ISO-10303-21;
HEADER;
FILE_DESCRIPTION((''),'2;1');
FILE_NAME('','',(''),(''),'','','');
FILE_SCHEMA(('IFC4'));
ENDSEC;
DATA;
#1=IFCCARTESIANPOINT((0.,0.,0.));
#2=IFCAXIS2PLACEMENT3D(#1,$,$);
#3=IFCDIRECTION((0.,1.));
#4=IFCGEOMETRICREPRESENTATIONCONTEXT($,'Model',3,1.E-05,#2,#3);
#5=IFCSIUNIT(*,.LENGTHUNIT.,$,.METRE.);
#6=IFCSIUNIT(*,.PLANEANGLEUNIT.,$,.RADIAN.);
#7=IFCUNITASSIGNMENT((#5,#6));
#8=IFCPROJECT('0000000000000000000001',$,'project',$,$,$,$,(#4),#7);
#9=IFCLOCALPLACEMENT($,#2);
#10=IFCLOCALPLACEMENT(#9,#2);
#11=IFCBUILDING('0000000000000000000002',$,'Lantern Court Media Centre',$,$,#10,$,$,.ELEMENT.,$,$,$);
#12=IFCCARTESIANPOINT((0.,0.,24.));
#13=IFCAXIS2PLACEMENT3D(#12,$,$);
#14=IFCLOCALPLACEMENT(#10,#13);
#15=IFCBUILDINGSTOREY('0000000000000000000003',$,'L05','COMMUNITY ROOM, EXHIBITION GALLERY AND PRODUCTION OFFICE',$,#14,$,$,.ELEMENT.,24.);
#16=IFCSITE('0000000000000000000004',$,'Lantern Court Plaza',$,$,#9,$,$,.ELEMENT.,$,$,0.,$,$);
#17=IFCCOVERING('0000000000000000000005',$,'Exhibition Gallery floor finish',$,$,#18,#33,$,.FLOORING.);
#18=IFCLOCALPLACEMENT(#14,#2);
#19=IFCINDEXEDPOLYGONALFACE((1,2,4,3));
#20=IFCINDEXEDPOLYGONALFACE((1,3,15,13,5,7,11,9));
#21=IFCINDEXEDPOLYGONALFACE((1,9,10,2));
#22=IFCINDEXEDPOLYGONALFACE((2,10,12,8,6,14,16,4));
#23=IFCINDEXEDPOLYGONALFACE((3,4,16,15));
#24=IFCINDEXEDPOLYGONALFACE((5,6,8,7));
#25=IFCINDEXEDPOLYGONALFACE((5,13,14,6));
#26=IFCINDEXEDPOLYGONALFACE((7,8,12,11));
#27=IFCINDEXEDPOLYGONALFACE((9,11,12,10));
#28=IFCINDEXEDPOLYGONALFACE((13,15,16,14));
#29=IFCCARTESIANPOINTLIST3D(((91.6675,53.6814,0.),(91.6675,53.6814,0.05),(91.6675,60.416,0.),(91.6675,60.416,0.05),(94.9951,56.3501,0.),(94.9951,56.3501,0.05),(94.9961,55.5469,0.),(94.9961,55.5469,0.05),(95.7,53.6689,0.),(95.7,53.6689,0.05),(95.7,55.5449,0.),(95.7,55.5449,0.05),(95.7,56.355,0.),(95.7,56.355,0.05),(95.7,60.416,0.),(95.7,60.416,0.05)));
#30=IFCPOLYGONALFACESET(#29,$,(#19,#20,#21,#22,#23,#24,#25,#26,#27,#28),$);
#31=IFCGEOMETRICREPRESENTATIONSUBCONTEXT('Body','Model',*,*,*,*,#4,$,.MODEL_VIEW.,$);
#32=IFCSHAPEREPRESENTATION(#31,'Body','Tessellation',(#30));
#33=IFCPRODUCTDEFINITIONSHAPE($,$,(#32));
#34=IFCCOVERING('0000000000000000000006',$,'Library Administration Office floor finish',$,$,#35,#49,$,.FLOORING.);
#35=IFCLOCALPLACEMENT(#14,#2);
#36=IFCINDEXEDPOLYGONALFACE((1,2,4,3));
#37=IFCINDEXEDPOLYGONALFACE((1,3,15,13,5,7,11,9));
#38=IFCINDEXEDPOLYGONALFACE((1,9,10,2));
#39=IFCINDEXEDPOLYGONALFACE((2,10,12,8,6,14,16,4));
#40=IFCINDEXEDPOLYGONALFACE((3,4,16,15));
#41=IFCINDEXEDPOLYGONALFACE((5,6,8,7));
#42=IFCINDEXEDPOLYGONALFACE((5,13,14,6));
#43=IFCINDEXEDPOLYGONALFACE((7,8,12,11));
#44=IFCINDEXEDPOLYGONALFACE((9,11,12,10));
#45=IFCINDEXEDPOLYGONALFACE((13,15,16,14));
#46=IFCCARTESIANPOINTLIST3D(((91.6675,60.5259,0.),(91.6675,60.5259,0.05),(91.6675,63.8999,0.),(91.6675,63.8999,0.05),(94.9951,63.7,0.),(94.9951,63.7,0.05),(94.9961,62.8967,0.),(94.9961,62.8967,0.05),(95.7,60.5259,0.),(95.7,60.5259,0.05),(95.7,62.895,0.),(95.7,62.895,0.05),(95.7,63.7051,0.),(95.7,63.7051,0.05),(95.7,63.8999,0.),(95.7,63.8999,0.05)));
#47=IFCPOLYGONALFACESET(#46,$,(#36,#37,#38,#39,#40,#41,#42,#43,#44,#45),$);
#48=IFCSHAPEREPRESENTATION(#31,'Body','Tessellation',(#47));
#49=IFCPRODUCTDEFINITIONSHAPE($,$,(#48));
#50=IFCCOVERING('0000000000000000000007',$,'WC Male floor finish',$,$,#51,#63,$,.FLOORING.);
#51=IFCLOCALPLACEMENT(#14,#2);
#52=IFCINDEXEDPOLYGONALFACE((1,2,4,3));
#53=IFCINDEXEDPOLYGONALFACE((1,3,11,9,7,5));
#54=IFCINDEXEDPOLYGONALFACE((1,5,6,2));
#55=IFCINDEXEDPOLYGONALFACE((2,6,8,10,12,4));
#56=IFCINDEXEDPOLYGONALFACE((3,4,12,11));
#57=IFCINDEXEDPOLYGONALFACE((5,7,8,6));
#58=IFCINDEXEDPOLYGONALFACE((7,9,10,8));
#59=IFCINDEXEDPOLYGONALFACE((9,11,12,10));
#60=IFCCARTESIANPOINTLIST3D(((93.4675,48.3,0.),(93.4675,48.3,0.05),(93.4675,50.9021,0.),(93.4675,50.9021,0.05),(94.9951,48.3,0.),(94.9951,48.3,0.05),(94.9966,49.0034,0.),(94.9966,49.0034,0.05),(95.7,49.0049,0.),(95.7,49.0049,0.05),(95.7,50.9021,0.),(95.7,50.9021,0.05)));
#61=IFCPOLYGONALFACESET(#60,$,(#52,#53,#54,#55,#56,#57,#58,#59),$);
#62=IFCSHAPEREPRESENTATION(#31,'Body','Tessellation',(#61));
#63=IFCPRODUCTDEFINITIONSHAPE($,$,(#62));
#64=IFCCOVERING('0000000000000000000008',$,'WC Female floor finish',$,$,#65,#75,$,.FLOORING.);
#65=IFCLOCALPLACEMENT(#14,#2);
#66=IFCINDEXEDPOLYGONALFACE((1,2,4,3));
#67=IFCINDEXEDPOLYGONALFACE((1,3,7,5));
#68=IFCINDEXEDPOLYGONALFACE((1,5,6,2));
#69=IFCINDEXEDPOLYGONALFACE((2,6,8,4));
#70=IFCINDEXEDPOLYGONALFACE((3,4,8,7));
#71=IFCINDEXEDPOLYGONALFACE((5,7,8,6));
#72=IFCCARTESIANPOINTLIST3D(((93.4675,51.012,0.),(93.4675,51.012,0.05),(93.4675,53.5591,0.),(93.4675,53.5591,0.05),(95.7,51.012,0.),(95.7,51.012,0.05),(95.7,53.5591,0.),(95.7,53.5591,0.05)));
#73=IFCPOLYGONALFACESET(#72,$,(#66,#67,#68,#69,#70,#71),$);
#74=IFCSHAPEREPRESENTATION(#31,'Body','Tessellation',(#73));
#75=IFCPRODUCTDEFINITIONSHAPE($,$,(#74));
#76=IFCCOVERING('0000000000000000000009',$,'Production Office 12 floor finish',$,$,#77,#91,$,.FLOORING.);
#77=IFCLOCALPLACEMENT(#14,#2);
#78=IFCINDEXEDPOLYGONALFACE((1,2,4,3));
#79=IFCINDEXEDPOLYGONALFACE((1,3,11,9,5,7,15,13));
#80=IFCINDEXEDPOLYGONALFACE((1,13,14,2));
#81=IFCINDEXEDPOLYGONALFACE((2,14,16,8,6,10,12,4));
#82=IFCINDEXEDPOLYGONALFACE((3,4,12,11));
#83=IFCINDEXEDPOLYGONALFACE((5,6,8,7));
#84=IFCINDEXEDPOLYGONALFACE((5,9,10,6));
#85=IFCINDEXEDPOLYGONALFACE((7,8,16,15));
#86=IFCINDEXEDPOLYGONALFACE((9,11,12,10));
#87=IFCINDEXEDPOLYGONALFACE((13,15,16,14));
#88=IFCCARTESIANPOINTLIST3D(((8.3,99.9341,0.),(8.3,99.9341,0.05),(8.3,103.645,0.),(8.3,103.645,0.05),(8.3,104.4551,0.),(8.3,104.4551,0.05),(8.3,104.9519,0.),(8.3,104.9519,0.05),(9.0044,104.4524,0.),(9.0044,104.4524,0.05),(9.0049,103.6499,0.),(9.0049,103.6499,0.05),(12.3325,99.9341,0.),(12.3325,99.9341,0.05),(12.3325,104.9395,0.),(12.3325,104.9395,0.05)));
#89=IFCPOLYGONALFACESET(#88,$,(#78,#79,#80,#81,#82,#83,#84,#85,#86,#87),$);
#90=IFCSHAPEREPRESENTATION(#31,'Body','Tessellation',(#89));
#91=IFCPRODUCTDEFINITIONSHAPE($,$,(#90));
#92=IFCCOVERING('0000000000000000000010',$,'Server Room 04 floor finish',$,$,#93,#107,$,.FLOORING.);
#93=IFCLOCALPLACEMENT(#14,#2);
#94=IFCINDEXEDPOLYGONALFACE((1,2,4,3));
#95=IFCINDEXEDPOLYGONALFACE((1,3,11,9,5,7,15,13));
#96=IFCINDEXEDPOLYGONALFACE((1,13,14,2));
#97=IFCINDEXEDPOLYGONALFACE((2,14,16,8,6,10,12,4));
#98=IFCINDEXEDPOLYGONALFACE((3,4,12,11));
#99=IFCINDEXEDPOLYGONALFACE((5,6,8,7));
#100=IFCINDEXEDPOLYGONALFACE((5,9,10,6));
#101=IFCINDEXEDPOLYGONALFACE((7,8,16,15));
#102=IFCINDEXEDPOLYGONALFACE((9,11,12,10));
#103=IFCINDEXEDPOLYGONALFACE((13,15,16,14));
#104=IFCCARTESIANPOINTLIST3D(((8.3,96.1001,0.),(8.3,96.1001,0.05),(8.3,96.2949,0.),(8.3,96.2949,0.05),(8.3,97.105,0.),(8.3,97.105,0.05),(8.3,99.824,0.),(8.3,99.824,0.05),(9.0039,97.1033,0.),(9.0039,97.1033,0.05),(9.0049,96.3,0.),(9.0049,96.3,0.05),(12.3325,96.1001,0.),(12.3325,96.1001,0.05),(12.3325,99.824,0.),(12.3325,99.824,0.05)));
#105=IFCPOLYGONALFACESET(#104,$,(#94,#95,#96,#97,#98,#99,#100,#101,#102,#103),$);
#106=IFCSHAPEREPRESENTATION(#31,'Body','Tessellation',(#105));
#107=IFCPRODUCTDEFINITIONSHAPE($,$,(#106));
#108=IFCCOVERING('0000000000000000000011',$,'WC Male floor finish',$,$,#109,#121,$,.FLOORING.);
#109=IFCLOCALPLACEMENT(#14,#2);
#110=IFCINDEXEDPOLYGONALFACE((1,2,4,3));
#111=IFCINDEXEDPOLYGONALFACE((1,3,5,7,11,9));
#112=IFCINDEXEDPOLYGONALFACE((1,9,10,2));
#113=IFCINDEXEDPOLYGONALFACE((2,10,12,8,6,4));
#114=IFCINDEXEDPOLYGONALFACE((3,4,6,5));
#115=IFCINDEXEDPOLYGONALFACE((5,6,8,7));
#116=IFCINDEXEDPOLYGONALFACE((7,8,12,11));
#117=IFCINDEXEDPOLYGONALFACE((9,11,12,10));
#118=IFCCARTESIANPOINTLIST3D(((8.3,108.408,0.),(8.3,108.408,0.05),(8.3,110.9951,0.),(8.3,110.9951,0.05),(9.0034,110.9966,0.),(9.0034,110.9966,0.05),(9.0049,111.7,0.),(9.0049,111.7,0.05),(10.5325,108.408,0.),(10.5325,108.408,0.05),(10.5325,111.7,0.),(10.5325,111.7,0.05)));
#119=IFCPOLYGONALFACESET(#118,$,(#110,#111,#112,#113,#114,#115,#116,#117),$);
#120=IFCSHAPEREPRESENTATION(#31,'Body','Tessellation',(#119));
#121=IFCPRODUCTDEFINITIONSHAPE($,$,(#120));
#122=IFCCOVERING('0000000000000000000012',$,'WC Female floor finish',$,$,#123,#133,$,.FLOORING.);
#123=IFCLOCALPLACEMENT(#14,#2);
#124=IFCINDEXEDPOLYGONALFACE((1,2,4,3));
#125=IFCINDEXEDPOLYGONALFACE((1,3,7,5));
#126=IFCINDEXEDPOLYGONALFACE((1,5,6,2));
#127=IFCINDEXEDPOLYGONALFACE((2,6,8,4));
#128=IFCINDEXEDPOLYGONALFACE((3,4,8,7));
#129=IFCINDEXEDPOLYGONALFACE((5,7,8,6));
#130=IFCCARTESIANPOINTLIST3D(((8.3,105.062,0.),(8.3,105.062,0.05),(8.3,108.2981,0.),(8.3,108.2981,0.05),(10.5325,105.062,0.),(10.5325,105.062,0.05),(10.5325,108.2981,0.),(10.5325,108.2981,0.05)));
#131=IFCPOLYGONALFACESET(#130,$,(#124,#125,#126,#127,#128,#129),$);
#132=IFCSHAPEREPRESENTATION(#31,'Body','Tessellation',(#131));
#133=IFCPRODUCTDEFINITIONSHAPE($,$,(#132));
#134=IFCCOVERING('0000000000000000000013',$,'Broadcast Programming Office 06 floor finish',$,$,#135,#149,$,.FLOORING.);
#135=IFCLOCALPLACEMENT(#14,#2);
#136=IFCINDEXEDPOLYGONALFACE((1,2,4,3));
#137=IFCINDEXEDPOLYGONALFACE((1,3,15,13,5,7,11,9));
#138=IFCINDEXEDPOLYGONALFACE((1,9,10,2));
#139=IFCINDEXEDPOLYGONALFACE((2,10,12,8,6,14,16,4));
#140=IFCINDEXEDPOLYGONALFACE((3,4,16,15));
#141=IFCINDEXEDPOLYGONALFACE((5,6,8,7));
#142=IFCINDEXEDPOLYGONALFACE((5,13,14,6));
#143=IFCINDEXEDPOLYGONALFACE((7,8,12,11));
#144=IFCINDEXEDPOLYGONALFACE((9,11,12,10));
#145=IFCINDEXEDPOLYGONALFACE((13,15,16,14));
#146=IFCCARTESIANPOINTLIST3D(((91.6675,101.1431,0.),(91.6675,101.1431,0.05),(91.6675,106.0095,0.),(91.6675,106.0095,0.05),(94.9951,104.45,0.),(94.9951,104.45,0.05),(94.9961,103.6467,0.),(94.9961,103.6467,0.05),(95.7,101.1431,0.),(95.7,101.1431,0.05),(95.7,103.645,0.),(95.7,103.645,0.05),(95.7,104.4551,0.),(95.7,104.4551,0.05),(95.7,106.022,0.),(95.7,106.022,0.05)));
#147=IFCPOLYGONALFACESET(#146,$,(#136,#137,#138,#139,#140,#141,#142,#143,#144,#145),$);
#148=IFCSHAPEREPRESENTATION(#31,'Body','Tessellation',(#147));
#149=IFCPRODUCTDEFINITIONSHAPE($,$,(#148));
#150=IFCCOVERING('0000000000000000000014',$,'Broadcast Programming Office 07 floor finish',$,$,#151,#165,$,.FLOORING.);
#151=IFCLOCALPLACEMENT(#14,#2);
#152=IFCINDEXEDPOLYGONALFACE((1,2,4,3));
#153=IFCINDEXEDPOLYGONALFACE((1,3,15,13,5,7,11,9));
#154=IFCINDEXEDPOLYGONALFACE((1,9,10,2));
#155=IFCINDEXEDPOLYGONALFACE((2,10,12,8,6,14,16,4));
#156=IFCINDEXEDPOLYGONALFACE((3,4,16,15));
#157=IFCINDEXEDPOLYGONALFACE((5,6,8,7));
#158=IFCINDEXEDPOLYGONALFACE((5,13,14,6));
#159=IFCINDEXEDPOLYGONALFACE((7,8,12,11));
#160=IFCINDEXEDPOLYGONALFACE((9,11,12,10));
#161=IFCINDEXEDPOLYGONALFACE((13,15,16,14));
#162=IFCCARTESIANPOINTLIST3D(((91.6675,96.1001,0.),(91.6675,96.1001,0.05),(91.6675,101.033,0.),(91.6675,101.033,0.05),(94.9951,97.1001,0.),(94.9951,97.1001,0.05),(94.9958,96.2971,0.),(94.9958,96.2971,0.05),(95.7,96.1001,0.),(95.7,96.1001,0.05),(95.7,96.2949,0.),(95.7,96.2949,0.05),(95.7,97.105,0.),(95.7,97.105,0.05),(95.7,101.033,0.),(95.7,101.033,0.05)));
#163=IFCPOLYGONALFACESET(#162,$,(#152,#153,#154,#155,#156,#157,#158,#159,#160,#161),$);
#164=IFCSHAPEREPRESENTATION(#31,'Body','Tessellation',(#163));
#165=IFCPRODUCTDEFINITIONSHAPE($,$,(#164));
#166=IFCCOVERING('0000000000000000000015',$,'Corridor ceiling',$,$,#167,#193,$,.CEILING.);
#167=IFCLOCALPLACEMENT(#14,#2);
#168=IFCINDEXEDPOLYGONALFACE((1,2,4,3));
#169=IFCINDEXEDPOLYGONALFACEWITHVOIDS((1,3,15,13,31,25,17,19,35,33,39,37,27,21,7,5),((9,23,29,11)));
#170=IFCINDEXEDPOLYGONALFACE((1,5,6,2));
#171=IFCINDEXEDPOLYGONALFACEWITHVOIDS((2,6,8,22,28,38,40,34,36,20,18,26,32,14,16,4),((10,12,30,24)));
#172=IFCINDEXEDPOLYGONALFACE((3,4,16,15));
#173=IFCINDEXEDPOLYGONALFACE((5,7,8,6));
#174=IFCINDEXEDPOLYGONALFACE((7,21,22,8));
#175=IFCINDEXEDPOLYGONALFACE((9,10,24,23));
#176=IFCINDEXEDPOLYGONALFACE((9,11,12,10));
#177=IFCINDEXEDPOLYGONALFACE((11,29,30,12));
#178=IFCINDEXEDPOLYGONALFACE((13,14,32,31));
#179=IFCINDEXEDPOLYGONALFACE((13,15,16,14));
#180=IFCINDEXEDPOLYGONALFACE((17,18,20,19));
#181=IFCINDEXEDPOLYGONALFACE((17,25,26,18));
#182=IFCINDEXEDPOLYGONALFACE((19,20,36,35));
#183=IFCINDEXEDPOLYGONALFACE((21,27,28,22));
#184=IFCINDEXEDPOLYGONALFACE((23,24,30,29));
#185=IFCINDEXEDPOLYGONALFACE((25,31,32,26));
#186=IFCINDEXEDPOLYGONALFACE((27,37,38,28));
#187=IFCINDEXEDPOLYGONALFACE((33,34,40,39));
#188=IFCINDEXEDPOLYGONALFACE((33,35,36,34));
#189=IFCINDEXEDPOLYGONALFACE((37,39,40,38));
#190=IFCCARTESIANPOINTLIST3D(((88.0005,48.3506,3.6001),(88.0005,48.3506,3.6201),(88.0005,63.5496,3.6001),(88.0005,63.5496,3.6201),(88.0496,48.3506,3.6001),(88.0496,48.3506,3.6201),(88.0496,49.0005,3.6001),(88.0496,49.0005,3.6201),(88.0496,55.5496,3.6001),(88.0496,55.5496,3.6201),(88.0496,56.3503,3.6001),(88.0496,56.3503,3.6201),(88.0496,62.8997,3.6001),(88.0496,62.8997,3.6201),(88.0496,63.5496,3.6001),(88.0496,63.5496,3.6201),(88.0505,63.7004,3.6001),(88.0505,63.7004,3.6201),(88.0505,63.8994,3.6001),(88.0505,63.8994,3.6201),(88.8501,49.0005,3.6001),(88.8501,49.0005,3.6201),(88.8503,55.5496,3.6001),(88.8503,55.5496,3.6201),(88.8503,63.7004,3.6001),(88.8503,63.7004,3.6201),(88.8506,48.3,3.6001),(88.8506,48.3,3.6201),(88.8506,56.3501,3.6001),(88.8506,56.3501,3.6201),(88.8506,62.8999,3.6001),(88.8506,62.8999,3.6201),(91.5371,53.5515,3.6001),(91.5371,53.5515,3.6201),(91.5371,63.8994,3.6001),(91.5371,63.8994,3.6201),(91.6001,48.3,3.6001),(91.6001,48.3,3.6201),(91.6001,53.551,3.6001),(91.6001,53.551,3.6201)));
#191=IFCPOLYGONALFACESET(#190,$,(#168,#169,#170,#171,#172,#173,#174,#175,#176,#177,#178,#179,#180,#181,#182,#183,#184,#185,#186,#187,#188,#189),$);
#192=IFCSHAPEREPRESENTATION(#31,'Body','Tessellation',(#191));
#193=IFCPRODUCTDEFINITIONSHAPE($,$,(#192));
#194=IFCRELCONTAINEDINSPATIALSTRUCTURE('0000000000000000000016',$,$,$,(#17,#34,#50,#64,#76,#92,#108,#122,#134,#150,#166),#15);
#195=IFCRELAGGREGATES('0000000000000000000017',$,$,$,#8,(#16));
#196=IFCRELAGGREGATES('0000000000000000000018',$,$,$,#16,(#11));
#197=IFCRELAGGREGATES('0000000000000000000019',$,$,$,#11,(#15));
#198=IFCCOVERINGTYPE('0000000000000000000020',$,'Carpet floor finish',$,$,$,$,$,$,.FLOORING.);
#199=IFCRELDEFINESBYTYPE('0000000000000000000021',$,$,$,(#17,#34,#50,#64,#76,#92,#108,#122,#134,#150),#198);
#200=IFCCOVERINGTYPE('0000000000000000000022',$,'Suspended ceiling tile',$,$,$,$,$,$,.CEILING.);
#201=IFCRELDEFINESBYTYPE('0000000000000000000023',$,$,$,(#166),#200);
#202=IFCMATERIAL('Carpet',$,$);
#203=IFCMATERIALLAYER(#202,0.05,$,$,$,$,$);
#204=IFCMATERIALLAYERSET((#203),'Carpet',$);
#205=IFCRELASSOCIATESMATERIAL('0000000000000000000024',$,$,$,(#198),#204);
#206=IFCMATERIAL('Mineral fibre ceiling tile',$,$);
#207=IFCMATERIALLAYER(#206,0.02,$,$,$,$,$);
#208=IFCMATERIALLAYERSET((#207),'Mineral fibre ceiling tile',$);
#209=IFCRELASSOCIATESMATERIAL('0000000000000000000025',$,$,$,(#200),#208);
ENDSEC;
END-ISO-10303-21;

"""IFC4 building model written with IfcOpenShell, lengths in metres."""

from ifc_helpers import new_model, si_unit, direction, frame, origin, place, context, subcontext, project, spatial, polyline, outline, extrude, material, layer, layer_set, type_object, element, save


model = new_model("IFC4")

# Units and contexts
model_context = context("Model", 3, precision=1e-05, world=origin(), true_north=direction((0.0, 1.0)))
body_context = subcontext(model_context, "Body", "Model", "MODEL_VIEW")
ifc_project = project(units=[si_unit("LENGTHUNIT", "METRE"), si_unit("PLANEANGLEUNIT", "RADIAN")], contexts=[model_context])

# Site, building, storey
site_placement = place(None, origin())
site = spatial("IfcSite", under=ifc_project, at=site_placement, Name="Lantern Court Plaza", CompositionType="ELEMENT", RefElevation=0.0)
building_placement = place(site_placement, origin())
building = spatial("IfcBuilding", under=site, at=building_placement, Name="Lantern Court Media Centre", CompositionType="ELEMENT")
storey_placement = place(building_placement, frame((0.0, 0.0, 24.0)))
storey = spatial("IfcBuildingStorey", under=building, at=storey_placement, Name="L05", Description="COMMUNITY ROOM, EXHIBITION GALLERY AND PRODUCTION OFFICE", CompositionType="ELEMENT", Elevation=24.0)

# Coverings
ifc_material_1 = material(Name="Carpet")
ifc_layer_1 = layer(ifc_material_1, 0.05)
ifc_layer_set_1 = layer_set([ifc_layer_1], Name="Carpet")
covering_type_1 = type_object("IfcCoveringType", Name="Carpet floor finish", PredefinedType="FLOORING", material=ifc_layer_set_1)
covering_1_placement = place(storey_placement, origin())
element("IfcCovering", 1, at=covering_1_placement, inside=storey, type_object=covering_type_1, Name="Exhibition Gallery floor finish", PredefinedType="FLOORING", context=body_context, shape_type="SweptSolid", body=[
    extrude(outline(polyline([(95.7, 53.6689), (91.6675, 53.6814), (91.6675, 60.416), (95.7, 60.416), (95.7, 56.355), (94.9951, 56.3501), (94.9961, 55.5469), (95.7, 55.5449), (95.7, 53.6689)])), origin(), (0.0, 0.0, 1.0), 0.05),
])
covering_2_placement = place(storey_placement, origin())
element("IfcCovering", 2, at=covering_2_placement, inside=storey, type_object=covering_type_1, Name="Library Administration Office floor finish", PredefinedType="FLOORING", context=body_context, shape_type="SweptSolid", body=[
    extrude(outline(polyline([(95.7, 60.5259), (91.6675, 60.5259), (91.6675, 63.8999), (95.7, 63.8999), (95.7, 63.7051), (94.9951, 63.7), (94.9961, 62.8967), (95.7, 62.895), (95.7, 60.5259)])), origin(), (0.0, 0.0, 1.0), 0.05),
])
covering_3_placement = place(storey_placement, origin())
element("IfcCovering", 3, at=covering_3_placement, inside=storey, type_object=covering_type_1, Name="WC Male floor finish", PredefinedType="FLOORING", context=body_context, shape_type="SweptSolid", body=[
    extrude(outline(polyline([(95.7, 49.0049), (94.9966, 49.0034), (94.9951, 48.3), (93.4675, 48.3), (93.4675, 50.9021), (95.7, 50.9021), (95.7, 49.0049)])), origin(), (0.0, 0.0, 1.0), 0.05),
])
covering_4_placement = place(storey_placement, origin())
element("IfcCovering", 4, at=covering_4_placement, inside=storey, type_object=covering_type_1, Name="WC Female floor finish", PredefinedType="FLOORING", context=body_context, shape_type="SweptSolid", body=[
    extrude(outline(polyline([(95.7, 51.012), (93.4675, 51.012), (93.4675, 53.5591), (95.7, 53.5591), (95.7, 51.012)])), origin(), (0.0, 0.0, 1.0), 0.05),
])
covering_5_placement = place(storey_placement, origin())
element("IfcCovering", 5, at=covering_5_placement, inside=storey, type_object=covering_type_1, Name="Production Office 12 floor finish", PredefinedType="FLOORING", context=body_context, shape_type="SweptSolid", body=[
    extrude(outline(polyline([(8.3, 104.9519), (12.3325, 104.9395), (12.3325, 99.9341), (8.3, 99.9341), (8.3, 103.645), (9.0049, 103.6499), (9.0044, 104.4524), (8.3, 104.4551), (8.3, 104.9519)])), origin(), (0.0, 0.0, 1.0), 0.05),
])
covering_6_placement = place(storey_placement, origin())
element("IfcCovering", 6, at=covering_6_placement, inside=storey, type_object=covering_type_1, Name="Server Room 04 floor finish", PredefinedType="FLOORING", context=body_context, shape_type="SweptSolid", body=[
    extrude(outline(polyline([(8.3, 99.824), (12.3325, 99.824), (12.3325, 96.1001), (8.3, 96.1001), (8.3, 96.2949), (9.0049, 96.3), (9.0039, 97.1033), (8.3, 97.105), (8.3, 99.824)])), origin(), (0.0, 0.0, 1.0), 0.05),
])
covering_7_placement = place(storey_placement, origin())
element("IfcCovering", 7, at=covering_7_placement, inside=storey, type_object=covering_type_1, Name="WC Male floor finish", PredefinedType="FLOORING", context=body_context, shape_type="SweptSolid", body=[
    extrude(outline(polyline([(10.5325, 111.7), (10.5325, 108.408), (8.3, 108.408), (8.3, 110.9951), (9.0034, 110.9966), (9.0049, 111.7), (10.5325, 111.7)])), origin(), (0.0, 0.0, 1.0), 0.05),
])
covering_8_placement = place(storey_placement, origin())
element("IfcCovering", 8, at=covering_8_placement, inside=storey, type_object=covering_type_1, Name="WC Female floor finish", PredefinedType="FLOORING", context=body_context, shape_type="SweptSolid", body=[
    extrude(outline(polyline([(8.3, 108.2981), (10.5325, 108.2981), (10.5325, 105.062), (8.3, 105.062), (8.3, 108.2981)])), origin(), (0.0, 0.0, 1.0), 0.05),
])
covering_9_placement = place(storey_placement, origin())
element("IfcCovering", 9, at=covering_9_placement, inside=storey, type_object=covering_type_1, Name="Broadcast Programming Office 06 floor finish", PredefinedType="FLOORING", context=body_context, shape_type="SweptSolid", body=[
    extrude(outline(polyline([(95.7, 101.1431), (91.6675, 101.1431), (91.6675, 106.0095), (95.7, 106.022), (95.7, 104.4551), (94.9951, 104.45), (94.9961, 103.6467), (95.7, 103.645), (95.7, 101.1431)])), origin(), (0.0, 0.0, 1.0), 0.05),
])
covering_10_placement = place(storey_placement, origin())
element("IfcCovering", 10, at=covering_10_placement, inside=storey, type_object=covering_type_1, Name="Broadcast Programming Office 07 floor finish", PredefinedType="FLOORING", context=body_context, shape_type="SweptSolid", body=[
    extrude(outline(polyline([(95.7, 96.1001), (91.6675, 96.1001), (91.6675, 101.033), (95.7, 101.033), (95.7, 97.105), (94.9951, 97.1001), (94.9958, 96.2971), (95.7, 96.2949), (95.7, 96.1001)])), origin(), (0.0, 0.0, 1.0), 0.05),
])
ifc_material_2 = material(Name="Mineral fibre ceiling tile")
ifc_layer_2 = layer(ifc_material_2, 0.02)
ifc_layer_set_2 = layer_set([ifc_layer_2], Name="Mineral fibre ceiling tile")
covering_type_2 = type_object("IfcCoveringType", Name="Suspended ceiling tile", PredefinedType="CEILING", material=ifc_layer_set_2)
covering_11_placement = place(storey_placement, frame((0.0, 0.0, 3.6001)))
element("IfcCovering", 11, at=covering_11_placement, inside=storey, type_object=covering_type_2, Name="Corridor ceiling", PredefinedType="CEILING", context=body_context, shape_type="SweptSolid", body=[
    extrude(outline(polyline([(91.6001, 48.3), (88.8506, 48.3), (88.8501, 49.0005), (88.0496, 49.0005), (88.0496, 48.3506), (88.0005, 48.3506), (88.0005, 63.5496), (88.0496, 63.5496), (88.0496, 62.8997), (88.8506, 62.8999), (88.8503, 63.7004), (88.0505, 63.7004), (88.0505, 63.8994), (91.5371, 63.8994), (91.5371, 53.5515), (91.6001, 53.551), (91.6001, 48.3)]), holes=[polyline([(88.8506, 56.3501), (88.0496, 56.3503), (88.0496, 55.5496), (88.8503, 55.5496), (88.8506, 56.3501)])]), origin(), (0.0, 0.0, 1.0), 0.02),
])

save(model, "model.ifc")
